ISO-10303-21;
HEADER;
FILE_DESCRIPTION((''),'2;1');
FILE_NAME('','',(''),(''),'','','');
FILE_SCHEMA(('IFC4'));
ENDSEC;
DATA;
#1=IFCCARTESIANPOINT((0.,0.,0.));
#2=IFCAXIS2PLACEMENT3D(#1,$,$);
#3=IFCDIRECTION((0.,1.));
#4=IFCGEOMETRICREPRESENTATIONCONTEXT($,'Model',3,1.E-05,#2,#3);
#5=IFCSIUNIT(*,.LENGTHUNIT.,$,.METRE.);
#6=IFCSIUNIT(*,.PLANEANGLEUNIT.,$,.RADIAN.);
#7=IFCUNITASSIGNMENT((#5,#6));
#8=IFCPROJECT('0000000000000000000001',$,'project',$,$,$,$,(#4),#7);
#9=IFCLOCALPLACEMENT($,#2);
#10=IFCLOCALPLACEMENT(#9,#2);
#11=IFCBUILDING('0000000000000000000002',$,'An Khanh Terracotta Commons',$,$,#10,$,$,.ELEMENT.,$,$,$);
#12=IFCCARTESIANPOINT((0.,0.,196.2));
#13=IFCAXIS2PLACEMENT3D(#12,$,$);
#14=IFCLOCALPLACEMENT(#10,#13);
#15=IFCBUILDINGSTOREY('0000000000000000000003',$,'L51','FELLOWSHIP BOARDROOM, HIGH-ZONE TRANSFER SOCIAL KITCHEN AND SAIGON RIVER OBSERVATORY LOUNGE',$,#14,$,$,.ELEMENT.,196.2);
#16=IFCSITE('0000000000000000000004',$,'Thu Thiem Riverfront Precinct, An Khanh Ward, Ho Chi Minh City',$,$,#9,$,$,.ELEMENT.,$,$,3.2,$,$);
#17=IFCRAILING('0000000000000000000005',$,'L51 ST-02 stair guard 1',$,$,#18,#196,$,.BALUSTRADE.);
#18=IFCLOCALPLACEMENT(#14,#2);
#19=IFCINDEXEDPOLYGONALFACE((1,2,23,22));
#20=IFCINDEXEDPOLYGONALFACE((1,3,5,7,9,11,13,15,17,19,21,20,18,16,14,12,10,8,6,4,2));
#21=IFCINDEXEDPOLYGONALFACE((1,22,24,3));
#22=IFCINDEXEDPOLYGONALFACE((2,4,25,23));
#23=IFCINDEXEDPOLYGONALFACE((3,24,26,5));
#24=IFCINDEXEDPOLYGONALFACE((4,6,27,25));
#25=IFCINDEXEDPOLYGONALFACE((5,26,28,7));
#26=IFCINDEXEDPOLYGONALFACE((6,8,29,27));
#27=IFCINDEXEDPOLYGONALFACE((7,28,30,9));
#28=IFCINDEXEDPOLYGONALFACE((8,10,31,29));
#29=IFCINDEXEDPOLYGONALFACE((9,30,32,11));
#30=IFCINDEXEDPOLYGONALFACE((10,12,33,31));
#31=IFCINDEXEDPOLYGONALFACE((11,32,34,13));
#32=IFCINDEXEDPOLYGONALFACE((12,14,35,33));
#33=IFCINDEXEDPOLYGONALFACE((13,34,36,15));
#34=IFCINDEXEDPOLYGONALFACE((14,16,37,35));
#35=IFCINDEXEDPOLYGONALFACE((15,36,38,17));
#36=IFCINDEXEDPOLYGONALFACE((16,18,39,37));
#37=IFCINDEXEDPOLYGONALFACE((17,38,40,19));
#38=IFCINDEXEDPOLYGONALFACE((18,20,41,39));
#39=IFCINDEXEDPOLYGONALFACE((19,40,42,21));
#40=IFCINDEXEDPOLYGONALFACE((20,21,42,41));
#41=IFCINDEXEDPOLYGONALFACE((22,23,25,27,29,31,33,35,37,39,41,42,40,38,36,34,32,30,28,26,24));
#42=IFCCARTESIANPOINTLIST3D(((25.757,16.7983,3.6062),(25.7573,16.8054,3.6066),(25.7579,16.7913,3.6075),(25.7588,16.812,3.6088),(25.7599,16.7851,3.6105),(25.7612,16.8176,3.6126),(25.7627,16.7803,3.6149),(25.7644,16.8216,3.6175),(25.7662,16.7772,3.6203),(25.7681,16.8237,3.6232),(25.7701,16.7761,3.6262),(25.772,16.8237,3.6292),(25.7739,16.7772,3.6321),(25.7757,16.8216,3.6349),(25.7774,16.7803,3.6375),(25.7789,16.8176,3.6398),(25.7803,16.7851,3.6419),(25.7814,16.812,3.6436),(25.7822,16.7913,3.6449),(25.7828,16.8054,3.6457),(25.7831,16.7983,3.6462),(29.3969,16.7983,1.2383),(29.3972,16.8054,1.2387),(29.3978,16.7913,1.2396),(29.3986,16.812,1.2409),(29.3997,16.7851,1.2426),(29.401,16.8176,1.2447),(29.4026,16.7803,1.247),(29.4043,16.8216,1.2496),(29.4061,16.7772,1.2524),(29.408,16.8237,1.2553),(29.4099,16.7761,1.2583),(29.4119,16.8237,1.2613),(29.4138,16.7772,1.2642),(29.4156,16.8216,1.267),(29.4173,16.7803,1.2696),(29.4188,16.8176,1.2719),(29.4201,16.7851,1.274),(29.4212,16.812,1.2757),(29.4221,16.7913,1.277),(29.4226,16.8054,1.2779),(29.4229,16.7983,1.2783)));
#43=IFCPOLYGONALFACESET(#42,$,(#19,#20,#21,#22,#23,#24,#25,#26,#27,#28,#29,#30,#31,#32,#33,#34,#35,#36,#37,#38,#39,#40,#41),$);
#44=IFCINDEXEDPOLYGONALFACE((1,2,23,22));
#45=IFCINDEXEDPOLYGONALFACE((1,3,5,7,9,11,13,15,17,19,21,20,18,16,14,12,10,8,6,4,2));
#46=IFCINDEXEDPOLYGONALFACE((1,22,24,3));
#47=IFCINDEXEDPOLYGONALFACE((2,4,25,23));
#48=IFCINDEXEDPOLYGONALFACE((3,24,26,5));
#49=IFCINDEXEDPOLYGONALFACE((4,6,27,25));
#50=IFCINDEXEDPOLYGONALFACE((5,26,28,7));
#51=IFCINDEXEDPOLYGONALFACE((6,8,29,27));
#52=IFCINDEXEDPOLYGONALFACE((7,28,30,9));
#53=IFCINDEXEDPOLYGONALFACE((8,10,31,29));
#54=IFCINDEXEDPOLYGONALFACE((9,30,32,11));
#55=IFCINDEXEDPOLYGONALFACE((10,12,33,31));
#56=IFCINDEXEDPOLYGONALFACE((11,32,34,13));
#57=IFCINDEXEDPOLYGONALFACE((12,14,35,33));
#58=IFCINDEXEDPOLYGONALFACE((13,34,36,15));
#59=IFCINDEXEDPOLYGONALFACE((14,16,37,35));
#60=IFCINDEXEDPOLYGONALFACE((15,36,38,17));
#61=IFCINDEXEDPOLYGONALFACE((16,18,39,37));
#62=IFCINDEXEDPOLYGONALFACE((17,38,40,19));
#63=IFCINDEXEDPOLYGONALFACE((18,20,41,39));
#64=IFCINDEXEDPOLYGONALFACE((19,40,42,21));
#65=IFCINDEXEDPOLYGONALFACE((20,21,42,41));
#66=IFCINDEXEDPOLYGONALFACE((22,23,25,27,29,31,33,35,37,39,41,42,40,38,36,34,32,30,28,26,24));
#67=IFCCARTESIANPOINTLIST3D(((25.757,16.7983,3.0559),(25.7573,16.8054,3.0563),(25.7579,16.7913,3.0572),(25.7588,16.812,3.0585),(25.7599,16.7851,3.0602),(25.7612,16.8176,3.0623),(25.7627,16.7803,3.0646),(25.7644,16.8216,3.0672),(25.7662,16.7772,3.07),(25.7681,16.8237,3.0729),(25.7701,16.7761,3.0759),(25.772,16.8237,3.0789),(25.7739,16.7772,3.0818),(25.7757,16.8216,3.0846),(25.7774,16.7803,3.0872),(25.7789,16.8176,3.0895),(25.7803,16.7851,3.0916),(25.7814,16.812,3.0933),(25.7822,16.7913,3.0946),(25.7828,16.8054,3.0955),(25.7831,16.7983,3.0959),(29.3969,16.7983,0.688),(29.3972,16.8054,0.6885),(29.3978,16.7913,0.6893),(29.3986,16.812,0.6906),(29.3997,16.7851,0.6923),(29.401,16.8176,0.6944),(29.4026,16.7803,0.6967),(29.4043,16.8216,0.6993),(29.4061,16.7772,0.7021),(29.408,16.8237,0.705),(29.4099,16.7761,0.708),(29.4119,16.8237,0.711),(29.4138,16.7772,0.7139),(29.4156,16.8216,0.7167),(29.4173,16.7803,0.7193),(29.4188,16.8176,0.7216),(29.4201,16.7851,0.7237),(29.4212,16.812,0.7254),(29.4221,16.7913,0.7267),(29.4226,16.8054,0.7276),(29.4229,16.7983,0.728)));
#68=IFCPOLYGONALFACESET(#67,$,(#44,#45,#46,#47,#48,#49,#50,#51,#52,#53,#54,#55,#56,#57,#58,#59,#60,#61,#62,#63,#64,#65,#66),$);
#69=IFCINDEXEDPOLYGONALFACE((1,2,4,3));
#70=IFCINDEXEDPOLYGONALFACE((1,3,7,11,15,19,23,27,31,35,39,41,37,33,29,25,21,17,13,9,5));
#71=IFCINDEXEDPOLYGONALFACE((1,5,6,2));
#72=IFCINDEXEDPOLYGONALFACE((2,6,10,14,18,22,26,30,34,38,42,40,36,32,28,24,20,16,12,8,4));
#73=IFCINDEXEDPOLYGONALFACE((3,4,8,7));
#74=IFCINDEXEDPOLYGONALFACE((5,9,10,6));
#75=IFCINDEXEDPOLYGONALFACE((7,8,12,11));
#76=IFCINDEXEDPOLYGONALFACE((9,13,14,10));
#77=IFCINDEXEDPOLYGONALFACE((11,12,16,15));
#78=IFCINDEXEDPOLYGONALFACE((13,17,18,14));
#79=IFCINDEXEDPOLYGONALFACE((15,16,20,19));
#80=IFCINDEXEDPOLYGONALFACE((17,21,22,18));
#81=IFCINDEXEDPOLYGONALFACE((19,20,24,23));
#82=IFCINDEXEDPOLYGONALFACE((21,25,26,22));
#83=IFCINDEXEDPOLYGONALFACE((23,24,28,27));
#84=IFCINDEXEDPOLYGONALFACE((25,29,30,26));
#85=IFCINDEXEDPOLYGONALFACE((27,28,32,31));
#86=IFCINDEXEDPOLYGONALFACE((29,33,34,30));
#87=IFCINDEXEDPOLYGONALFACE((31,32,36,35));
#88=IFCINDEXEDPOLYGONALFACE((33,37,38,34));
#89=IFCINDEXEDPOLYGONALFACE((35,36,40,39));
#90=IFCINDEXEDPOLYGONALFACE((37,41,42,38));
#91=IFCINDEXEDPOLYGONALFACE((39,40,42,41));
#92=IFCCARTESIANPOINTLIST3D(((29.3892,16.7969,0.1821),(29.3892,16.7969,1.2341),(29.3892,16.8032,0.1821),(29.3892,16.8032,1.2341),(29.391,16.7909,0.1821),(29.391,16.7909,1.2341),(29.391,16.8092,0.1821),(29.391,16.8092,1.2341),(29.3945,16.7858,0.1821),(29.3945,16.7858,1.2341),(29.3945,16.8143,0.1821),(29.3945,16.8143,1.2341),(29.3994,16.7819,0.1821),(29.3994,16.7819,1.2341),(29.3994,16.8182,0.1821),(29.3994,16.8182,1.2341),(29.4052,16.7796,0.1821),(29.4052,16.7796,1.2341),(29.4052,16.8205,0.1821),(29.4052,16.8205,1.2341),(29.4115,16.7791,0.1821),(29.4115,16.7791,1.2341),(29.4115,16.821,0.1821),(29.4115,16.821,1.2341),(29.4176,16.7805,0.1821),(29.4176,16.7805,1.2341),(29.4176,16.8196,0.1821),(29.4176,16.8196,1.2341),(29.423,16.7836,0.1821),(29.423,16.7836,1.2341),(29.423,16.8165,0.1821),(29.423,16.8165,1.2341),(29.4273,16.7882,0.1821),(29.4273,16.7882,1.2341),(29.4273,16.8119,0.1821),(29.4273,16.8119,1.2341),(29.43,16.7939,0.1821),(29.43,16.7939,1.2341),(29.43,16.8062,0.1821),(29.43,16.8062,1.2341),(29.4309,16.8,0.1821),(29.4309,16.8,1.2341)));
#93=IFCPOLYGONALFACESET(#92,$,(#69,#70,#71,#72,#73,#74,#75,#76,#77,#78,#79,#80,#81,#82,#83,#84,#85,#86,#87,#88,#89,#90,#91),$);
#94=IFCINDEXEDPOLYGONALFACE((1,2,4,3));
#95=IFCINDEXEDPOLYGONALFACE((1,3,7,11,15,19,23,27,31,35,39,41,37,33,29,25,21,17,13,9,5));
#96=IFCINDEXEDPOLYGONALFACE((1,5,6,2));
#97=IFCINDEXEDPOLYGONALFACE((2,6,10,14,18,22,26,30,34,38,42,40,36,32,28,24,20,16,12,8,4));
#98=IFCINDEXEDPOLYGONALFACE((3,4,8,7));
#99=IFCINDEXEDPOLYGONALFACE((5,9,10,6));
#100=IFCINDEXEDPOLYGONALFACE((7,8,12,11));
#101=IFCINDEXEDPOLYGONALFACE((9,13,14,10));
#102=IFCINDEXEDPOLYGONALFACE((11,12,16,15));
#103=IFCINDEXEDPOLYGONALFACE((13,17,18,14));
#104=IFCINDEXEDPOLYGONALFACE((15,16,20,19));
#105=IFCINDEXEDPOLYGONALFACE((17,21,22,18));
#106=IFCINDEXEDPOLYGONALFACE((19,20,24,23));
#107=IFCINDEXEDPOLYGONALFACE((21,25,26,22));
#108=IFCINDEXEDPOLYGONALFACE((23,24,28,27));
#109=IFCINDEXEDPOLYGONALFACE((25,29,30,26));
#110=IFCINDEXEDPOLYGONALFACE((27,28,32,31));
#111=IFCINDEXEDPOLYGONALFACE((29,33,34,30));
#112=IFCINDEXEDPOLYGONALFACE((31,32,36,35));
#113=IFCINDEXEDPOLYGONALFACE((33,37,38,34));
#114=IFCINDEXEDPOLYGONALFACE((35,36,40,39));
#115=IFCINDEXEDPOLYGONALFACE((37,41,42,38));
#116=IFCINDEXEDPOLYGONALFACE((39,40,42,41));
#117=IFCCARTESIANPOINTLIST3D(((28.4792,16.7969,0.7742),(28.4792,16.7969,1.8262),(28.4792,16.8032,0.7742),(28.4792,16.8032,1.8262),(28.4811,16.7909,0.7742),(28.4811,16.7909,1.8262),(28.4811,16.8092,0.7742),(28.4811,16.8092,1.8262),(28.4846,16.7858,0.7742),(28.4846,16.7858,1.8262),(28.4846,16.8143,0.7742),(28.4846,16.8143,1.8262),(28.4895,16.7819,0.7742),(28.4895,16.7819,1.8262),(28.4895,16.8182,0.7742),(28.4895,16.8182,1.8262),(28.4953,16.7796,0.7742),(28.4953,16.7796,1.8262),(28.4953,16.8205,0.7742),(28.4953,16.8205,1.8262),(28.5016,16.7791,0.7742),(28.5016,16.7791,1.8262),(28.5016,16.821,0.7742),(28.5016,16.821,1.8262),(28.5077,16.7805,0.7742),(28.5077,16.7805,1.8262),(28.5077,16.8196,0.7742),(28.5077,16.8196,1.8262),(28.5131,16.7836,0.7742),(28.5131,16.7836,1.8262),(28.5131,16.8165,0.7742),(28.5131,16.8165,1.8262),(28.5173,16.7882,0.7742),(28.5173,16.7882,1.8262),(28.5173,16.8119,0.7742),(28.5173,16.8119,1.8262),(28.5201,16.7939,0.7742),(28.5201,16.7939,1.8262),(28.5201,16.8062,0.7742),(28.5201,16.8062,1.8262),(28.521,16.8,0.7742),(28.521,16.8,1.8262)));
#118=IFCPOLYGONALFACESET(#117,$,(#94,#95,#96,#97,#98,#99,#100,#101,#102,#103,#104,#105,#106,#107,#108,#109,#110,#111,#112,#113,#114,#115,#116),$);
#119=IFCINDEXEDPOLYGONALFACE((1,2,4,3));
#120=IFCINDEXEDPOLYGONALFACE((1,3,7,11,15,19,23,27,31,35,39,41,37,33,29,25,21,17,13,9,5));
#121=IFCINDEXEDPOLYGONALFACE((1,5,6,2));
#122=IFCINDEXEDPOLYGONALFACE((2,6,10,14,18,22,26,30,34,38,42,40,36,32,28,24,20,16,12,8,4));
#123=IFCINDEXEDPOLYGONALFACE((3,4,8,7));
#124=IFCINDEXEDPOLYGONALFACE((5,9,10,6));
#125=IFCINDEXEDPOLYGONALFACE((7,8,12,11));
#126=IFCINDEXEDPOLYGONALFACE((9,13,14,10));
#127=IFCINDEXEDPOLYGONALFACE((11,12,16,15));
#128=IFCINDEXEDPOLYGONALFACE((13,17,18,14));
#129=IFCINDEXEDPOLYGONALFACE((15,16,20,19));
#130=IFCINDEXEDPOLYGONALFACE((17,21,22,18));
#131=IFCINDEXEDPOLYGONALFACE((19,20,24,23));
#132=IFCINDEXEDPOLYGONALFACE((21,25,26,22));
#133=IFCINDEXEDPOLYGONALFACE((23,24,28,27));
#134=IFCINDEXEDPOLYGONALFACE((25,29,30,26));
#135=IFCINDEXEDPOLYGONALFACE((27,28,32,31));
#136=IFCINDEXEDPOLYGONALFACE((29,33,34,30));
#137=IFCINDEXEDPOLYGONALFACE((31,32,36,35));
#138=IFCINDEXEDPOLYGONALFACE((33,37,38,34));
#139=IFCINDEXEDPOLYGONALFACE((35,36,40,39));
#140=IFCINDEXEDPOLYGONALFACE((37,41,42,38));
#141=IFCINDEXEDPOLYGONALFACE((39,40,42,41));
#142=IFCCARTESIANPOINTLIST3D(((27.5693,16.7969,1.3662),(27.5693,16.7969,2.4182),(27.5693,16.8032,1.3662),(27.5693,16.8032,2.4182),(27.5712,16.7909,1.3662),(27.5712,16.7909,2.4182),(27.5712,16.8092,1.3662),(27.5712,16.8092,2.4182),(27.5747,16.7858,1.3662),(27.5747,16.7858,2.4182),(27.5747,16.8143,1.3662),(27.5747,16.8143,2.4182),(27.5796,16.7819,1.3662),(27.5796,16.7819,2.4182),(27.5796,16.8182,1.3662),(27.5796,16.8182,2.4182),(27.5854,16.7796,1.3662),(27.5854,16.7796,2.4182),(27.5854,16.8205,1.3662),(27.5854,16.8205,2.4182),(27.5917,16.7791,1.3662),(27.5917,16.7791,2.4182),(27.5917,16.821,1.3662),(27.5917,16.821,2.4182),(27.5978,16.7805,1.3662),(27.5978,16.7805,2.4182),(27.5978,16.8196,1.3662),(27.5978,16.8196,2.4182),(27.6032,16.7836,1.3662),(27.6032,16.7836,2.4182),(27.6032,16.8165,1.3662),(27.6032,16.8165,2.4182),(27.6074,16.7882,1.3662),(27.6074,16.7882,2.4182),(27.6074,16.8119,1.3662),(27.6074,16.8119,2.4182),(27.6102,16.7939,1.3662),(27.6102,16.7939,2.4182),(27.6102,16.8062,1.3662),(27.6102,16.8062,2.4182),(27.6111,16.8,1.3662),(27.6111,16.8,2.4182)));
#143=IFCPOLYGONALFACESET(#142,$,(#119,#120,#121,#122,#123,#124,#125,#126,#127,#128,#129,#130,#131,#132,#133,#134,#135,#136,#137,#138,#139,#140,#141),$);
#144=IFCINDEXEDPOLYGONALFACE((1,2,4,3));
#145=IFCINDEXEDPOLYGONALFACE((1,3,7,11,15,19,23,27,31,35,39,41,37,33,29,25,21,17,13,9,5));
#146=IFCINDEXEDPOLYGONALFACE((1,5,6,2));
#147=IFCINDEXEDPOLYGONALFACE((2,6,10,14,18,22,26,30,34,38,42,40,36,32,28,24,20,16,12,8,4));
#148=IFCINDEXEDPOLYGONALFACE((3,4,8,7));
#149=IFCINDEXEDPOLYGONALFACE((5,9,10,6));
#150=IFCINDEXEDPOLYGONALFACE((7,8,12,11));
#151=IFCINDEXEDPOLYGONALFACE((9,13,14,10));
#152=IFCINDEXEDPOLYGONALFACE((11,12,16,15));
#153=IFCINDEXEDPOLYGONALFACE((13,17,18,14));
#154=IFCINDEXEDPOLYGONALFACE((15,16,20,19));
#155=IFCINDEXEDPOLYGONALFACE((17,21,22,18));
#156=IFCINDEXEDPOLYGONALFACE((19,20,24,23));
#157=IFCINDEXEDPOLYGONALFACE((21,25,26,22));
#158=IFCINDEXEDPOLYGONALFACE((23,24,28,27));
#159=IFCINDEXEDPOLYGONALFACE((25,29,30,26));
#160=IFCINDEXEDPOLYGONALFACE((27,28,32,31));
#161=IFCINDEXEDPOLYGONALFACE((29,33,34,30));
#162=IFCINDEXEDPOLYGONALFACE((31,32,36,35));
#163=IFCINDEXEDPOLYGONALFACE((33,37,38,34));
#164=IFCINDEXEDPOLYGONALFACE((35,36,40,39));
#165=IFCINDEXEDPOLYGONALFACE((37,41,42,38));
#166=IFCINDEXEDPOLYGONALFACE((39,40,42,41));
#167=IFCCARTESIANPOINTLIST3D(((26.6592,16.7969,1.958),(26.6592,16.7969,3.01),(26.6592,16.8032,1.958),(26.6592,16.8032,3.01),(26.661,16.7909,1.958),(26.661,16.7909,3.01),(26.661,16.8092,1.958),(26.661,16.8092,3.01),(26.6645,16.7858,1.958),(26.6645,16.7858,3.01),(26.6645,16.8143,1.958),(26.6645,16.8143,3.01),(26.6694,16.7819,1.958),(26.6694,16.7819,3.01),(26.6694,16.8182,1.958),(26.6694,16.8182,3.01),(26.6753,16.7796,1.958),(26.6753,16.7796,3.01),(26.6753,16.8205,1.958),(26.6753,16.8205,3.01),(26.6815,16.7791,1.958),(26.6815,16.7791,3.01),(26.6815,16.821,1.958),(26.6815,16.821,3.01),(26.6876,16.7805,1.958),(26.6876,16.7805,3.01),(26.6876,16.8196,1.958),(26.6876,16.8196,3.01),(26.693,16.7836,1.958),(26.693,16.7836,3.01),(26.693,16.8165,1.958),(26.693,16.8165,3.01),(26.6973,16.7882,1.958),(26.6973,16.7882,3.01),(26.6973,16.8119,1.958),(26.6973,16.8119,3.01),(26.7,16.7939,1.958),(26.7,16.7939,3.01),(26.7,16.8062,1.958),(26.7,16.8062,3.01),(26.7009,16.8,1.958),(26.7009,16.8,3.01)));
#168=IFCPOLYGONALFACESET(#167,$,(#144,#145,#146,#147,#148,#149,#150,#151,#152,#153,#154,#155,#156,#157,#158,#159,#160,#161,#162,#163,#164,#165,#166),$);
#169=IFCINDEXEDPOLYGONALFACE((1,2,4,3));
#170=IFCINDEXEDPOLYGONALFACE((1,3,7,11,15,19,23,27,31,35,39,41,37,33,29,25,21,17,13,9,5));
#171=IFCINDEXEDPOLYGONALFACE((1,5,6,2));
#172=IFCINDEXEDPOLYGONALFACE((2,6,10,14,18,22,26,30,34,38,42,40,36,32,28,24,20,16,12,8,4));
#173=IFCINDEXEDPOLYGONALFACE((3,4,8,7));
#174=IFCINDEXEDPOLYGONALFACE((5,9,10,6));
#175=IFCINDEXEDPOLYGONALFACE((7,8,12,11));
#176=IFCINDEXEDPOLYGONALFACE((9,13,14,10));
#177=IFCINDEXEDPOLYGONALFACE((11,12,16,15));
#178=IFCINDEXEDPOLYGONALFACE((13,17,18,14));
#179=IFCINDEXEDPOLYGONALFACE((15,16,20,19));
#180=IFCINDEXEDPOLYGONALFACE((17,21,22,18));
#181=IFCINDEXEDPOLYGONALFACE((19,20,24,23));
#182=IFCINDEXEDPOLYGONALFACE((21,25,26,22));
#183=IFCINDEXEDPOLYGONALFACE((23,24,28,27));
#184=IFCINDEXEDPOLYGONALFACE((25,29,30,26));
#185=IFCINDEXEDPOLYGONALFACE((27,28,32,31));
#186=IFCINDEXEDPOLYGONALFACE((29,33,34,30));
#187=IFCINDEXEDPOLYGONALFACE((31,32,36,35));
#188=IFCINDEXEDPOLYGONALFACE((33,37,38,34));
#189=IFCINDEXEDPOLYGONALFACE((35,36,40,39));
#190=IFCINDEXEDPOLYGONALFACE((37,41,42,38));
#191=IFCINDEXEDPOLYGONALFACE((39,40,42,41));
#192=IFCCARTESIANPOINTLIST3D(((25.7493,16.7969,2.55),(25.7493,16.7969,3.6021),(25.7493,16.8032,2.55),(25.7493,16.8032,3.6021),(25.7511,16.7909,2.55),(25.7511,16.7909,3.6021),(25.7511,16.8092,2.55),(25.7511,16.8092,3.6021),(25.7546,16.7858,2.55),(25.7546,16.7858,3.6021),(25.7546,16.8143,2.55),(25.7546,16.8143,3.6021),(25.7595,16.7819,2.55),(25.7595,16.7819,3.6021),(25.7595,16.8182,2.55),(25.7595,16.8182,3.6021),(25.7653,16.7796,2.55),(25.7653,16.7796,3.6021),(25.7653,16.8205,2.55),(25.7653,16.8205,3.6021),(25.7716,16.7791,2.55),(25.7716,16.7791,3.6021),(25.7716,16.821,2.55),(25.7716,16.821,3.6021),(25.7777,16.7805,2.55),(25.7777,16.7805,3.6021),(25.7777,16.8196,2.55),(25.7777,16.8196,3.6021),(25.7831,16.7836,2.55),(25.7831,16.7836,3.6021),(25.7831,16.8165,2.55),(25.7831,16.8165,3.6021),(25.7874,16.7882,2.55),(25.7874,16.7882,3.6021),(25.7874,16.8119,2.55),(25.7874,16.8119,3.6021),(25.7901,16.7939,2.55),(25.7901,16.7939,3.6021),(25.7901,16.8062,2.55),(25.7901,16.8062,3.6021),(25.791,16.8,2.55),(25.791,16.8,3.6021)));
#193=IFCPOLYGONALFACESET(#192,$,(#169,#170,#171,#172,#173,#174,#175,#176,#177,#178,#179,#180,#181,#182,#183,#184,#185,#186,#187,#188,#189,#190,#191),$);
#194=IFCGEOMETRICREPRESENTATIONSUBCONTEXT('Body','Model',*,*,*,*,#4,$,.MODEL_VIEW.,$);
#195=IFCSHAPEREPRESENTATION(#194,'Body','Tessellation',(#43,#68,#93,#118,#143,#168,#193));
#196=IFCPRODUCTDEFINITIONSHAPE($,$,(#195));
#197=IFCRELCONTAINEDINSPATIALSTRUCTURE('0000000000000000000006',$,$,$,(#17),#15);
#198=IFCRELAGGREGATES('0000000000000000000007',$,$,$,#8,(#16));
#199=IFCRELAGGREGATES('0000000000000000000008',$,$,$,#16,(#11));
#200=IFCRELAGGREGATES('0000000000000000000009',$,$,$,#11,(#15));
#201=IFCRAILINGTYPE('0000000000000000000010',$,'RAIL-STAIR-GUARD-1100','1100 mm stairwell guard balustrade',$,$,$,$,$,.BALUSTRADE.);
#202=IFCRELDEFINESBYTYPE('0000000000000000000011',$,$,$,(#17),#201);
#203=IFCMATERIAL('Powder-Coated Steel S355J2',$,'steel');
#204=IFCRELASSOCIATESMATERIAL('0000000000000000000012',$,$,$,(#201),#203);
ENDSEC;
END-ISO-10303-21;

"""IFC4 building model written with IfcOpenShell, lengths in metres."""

from ifc_helpers import new_model, si_unit, direction, frame, origin, origin_2d, place, context, subcontext, project, spatial, circle, extrude, material, type_object, element, save


model = new_model("IFC4")

# Units and contexts
model_context = context("Model", 3, precision=1e-05, world=origin(), true_north=direction((0.0, 1.0)))
body_context = subcontext(model_context, "Body", "Model", "MODEL_VIEW")
ifc_project = project(units=[si_unit("LENGTHUNIT", "METRE"), si_unit("PLANEANGLEUNIT", "RADIAN")], contexts=[model_context])

# Site, building, storey
site_placement = place(None, origin())
site = spatial("IfcSite", under=ifc_project, at=site_placement, Name="Thu Thiem Riverfront Precinct, An Khanh Ward, Ho Chi Minh City", CompositionType="ELEMENT", RefElevation=3.2)
building_placement = place(site_placement, origin())
building = spatial("IfcBuilding", under=site, at=building_placement, Name="An Khanh Terracotta Commons", CompositionType="ELEMENT")
storey_placement = place(building_placement, frame((0.0, 0.0, 196.2)))
storey = spatial("IfcBuildingStorey", under=building, at=storey_placement, Name="L51", Description="FELLOWSHIP BOARDROOM, HIGH-ZONE TRANSFER SOCIAL KITCHEN AND SAIGON RIVER OBSERVATORY LOUNGE", CompositionType="ELEMENT", Elevation=196.2)

# Railing
ifc_material_1 = material(Name="Powder-Coated Steel S355J2", Category="steel")
railing_type_1 = type_object("IfcRailingType", Name="RAIL-STAIR-GUARD-1100", Description="1100 mm stairwell guard balustrade", PredefinedType="BALUSTRADE", material=ifc_material_1)
railing_1_placement = place(storey_placement, frame((29.4099, 16.8, 0.1821)))
element("IfcRailing", 1, at=railing_1_placement, inside=storey, type_object=railing_type_1, Name="L51 ST-02 stair guard 1", PredefinedType="BALUSTRADE", context=body_context, shape_type="SweptSolid", body=[
    extrude(circle(Radius=0.0239, at=origin_2d()), frame((0.0, 0.0, 1.0762), z_axis=(-0.838234, 0.0, 0.54531), x_axis=(0.0, -1.0, 0.0)), (0.0, 0.0, 1.0), 4.3423),
    extrude(circle(Radius=0.0239, at=origin_2d()), frame((0.0, 0.0, 0.5259), z_axis=(-0.838234, 0.0, 0.54531), x_axis=(0.0, -1.0, 0.0)), (0.0, 0.0, 1.0), 4.3423),
    extrude(circle(Radius=0.021, at=origin_2d()), origin(), (0.0, 0.0, 1.0), 1.052),
    extrude(circle(Radius=0.021, at=origin_2d()), frame((-0.9099, 0.0, 0.592)), (0.0, 0.0, 1.0), 1.052),
    extrude(circle(Radius=0.021, at=origin_2d()), frame((-1.8198, 0.0, 1.1841)), (0.0, 0.0, 1.0), 1.052),
    extrude(circle(Radius=0.021, at=origin_2d()), frame((-2.73, 0.0, 1.7759)), (0.0, 0.0, 1.0), 1.052),
    extrude(circle(Radius=0.021, at=origin_2d()), frame((-3.6399, 0.0, 2.3679)), (0.0, 0.0, 1.0), 1.052),
])

save(model, "model.ifc")
